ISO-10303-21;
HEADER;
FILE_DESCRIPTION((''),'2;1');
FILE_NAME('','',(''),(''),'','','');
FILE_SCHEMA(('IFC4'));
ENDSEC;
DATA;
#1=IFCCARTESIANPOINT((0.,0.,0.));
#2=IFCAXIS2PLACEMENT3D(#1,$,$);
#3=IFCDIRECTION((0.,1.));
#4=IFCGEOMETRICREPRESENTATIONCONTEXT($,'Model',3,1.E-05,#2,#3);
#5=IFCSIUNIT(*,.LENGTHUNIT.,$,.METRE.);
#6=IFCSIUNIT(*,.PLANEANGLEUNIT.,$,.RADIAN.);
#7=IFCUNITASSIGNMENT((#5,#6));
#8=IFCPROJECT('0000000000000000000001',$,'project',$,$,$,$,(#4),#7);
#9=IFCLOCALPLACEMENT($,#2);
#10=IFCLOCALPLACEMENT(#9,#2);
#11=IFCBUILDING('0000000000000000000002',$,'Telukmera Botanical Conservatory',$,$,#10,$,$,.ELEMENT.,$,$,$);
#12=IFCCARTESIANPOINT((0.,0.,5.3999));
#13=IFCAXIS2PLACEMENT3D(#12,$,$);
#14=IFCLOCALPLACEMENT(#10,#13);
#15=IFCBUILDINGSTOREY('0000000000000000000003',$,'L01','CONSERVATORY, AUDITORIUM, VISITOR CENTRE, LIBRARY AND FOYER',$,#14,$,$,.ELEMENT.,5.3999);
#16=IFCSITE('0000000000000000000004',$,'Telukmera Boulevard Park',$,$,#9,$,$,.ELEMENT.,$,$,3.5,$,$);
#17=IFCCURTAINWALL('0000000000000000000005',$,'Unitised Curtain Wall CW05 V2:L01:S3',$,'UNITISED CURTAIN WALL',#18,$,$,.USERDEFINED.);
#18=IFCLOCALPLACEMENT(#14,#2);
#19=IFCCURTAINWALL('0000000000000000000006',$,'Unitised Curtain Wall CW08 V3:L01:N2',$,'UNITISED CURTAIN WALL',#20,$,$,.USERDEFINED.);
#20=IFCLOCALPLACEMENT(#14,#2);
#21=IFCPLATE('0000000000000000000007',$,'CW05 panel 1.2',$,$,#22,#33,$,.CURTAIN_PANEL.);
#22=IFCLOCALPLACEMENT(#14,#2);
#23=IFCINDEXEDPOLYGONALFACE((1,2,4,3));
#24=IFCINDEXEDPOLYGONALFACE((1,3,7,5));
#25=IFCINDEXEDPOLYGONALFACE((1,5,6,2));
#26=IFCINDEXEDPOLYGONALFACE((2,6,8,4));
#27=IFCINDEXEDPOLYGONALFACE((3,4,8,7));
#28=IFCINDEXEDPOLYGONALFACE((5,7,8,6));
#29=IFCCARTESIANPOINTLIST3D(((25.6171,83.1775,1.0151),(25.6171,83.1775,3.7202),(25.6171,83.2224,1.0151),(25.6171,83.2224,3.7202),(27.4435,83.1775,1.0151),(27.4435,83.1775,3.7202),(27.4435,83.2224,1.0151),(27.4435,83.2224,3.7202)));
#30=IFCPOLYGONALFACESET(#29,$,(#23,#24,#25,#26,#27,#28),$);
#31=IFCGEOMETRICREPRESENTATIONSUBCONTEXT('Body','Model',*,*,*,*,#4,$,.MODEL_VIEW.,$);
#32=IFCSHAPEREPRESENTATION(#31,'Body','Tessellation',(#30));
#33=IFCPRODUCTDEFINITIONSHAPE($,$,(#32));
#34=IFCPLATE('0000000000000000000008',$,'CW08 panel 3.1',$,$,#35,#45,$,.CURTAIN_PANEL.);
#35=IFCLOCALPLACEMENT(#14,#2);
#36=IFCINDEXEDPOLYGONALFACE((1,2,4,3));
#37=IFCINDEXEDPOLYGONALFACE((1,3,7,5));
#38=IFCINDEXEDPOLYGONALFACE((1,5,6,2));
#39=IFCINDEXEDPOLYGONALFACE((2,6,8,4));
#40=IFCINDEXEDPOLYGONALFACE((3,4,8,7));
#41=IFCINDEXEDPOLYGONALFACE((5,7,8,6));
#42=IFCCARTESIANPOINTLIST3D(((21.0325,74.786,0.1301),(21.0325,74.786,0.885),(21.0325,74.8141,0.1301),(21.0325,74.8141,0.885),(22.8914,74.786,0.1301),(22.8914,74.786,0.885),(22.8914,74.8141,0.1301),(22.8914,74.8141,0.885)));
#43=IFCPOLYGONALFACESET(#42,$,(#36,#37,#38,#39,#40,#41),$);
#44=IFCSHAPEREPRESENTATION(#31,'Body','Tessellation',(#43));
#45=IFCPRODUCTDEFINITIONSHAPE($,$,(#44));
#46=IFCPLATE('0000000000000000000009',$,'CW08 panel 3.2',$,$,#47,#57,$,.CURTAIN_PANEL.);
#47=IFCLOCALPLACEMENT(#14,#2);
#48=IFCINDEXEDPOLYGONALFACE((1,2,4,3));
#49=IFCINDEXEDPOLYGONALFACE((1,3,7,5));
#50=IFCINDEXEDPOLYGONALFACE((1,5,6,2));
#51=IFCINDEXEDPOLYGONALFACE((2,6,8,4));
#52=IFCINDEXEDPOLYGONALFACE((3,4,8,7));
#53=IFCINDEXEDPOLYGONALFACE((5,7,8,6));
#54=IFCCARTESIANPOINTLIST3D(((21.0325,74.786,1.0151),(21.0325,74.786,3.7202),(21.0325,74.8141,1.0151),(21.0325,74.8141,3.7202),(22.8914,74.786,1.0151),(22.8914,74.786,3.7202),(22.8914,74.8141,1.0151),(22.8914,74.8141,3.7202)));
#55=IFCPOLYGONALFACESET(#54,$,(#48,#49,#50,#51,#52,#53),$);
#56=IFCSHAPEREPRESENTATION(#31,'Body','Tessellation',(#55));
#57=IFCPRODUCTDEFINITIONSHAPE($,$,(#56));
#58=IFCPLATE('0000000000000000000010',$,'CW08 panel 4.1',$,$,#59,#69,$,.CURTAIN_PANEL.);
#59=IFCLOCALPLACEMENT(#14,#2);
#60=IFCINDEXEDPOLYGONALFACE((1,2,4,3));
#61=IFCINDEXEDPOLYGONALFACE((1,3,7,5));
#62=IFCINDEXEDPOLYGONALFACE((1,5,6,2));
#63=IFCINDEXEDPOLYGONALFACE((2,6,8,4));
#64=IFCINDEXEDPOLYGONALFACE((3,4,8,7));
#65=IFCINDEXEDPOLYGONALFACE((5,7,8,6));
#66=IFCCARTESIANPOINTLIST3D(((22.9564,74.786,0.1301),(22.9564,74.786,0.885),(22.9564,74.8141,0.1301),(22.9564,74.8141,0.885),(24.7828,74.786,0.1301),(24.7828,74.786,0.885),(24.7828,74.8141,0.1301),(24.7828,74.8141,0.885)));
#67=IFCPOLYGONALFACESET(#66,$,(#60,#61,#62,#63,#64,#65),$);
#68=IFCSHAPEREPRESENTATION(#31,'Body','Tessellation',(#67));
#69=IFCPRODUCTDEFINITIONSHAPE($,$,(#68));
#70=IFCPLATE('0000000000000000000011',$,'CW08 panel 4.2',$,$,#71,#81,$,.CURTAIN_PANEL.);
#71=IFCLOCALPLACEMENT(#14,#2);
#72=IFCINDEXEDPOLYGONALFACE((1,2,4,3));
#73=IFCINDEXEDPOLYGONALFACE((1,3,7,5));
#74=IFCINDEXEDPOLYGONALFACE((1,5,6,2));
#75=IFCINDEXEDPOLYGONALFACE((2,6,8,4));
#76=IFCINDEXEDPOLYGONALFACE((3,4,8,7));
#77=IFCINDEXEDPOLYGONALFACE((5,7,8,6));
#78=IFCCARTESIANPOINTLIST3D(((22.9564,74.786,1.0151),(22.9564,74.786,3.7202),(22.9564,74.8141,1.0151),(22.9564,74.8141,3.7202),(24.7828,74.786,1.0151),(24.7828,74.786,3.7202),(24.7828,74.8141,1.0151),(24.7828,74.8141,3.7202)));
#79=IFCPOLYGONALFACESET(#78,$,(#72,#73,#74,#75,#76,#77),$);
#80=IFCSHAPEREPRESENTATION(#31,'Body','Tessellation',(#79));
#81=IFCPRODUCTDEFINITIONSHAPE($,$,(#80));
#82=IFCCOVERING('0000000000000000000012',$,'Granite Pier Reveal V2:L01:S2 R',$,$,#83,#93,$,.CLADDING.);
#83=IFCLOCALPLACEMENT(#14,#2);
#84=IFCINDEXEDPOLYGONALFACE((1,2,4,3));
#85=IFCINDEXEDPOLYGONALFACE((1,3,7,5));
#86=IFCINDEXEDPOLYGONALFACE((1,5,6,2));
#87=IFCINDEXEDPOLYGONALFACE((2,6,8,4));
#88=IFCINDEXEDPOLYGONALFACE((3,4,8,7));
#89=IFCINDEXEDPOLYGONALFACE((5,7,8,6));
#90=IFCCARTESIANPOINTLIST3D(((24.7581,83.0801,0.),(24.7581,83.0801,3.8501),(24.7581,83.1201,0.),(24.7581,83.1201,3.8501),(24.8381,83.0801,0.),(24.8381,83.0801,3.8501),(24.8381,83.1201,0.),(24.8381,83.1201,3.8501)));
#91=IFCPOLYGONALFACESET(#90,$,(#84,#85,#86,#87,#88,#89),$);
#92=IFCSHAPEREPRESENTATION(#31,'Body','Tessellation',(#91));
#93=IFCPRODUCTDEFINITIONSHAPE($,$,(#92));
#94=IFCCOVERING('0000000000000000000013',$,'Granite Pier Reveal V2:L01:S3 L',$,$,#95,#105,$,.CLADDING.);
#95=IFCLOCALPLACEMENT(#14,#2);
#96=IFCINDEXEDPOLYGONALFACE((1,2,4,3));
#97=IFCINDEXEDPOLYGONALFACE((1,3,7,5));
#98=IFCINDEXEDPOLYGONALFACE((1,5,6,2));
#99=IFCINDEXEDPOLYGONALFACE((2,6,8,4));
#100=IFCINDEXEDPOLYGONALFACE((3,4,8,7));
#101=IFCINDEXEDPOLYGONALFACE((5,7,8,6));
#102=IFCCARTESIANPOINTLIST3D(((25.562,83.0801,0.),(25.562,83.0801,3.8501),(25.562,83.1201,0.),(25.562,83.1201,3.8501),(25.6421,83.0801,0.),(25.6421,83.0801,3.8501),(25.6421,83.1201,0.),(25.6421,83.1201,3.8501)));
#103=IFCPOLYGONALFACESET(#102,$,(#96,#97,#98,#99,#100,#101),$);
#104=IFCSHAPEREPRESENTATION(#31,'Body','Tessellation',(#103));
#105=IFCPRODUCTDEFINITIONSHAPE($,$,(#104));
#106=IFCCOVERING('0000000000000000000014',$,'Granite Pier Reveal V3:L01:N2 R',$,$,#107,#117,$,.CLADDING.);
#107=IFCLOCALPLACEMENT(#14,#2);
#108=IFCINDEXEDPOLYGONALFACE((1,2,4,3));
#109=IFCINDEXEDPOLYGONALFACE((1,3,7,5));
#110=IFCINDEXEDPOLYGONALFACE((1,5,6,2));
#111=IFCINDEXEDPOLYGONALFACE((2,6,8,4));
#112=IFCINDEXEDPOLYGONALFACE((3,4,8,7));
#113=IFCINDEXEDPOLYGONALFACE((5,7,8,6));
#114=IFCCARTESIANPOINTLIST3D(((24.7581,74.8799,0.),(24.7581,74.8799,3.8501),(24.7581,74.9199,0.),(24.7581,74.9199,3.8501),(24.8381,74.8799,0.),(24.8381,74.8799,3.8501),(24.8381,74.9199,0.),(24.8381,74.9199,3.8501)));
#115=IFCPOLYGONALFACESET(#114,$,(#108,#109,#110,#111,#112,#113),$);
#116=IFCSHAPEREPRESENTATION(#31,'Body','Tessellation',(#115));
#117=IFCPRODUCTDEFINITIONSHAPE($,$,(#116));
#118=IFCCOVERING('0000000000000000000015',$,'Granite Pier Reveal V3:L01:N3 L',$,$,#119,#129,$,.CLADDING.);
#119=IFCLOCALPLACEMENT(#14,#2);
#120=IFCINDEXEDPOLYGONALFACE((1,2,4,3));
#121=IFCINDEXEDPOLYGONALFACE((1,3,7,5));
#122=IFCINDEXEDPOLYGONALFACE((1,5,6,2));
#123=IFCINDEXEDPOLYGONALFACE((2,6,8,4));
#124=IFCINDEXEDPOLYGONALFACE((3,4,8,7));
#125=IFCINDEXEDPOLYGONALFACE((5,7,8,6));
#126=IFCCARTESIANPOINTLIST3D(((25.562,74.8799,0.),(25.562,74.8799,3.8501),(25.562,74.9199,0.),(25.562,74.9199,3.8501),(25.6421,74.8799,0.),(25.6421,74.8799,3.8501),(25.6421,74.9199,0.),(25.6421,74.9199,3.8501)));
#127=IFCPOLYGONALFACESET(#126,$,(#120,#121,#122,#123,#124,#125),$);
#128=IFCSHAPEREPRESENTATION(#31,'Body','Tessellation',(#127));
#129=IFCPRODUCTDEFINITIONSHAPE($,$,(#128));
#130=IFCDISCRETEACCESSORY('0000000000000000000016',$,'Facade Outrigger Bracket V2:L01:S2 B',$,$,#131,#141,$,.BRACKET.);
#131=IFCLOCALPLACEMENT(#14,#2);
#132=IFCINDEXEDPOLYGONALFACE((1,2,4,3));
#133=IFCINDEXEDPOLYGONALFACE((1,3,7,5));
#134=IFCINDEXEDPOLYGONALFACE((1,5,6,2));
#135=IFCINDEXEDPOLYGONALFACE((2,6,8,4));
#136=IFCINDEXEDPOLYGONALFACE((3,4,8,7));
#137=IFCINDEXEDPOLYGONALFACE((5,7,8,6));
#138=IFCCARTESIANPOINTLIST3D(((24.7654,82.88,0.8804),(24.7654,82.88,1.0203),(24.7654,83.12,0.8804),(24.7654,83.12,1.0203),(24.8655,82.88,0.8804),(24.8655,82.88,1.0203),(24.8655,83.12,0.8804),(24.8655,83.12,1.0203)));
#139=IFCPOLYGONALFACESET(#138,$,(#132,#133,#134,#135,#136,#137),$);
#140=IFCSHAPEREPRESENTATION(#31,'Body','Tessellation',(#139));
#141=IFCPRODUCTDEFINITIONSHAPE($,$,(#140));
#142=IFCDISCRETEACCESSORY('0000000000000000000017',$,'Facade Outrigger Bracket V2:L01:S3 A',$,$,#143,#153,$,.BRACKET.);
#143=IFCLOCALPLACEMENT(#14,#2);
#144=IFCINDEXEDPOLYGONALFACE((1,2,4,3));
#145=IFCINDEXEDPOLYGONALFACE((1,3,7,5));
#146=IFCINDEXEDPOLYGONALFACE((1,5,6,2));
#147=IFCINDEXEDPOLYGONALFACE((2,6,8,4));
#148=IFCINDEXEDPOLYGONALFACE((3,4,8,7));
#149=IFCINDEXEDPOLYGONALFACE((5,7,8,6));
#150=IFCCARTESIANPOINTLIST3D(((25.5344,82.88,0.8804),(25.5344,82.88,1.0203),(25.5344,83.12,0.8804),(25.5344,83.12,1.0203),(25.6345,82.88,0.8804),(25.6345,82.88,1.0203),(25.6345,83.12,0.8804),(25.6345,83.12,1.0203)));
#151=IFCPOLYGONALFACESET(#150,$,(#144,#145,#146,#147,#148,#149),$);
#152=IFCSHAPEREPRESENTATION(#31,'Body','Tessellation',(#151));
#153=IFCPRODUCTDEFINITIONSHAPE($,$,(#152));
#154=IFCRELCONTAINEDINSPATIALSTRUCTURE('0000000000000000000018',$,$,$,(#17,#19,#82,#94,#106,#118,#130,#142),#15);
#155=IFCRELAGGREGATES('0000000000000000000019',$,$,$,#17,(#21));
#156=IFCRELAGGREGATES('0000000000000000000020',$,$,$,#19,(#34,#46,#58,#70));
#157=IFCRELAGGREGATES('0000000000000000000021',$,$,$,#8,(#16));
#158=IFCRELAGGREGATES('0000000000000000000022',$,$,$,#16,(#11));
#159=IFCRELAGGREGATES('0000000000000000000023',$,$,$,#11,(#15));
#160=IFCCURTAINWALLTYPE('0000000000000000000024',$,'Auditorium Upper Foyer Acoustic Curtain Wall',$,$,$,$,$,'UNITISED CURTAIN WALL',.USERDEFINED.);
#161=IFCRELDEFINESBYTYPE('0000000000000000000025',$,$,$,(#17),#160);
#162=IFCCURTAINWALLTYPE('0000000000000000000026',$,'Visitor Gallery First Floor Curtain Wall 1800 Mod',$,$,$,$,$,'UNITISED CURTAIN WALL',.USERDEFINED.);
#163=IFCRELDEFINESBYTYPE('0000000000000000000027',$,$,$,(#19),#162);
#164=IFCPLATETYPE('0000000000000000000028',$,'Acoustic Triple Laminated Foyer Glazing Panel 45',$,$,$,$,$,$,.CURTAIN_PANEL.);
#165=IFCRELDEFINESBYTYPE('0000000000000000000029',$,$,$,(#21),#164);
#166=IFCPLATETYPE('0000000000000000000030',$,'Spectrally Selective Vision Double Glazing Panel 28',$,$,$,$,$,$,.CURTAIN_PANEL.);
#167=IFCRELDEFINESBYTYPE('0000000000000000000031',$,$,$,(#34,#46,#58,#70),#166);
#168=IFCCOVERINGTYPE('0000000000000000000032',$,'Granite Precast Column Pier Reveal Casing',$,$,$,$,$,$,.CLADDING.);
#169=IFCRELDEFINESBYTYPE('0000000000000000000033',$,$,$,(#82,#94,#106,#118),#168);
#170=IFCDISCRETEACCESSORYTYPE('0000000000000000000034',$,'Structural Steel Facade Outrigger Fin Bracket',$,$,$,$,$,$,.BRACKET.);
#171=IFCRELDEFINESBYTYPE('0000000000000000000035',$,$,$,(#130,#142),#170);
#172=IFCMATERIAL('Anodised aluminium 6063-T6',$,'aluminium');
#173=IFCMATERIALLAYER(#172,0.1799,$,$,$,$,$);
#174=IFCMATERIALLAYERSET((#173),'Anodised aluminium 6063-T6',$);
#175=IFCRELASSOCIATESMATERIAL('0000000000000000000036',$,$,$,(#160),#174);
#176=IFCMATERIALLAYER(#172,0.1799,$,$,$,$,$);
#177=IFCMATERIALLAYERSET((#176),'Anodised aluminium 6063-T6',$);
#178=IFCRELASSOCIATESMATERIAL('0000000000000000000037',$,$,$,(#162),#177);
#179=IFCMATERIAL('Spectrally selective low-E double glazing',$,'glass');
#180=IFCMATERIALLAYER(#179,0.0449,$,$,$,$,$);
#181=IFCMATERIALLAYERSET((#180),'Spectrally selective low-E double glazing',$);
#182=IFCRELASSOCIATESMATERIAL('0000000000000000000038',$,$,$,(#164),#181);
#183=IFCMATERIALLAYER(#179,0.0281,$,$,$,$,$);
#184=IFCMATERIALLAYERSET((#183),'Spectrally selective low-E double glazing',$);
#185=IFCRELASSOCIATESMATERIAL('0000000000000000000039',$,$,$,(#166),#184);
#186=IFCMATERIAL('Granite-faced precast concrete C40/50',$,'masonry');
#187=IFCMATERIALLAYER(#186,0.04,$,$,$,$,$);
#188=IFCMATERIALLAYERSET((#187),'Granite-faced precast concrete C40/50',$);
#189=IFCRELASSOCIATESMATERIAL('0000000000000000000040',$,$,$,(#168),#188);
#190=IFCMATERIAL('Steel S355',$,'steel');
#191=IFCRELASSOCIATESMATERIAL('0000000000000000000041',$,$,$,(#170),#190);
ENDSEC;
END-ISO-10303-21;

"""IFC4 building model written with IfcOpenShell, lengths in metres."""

from ifc_helpers import new_model, si_unit, direction, frame, origin, origin_2d, place, context, subcontext, project, spatial, rectangle, extrude, material, layer, layer_set, type_object, element, aggregate, save


model = new_model("IFC4")

# Units and contexts
model_context = context("Model", 3, precision=1e-05, world=origin(), true_north=direction((0.0, 1.0)))
body_context = subcontext(model_context, "Body", "Model", "MODEL_VIEW")
ifc_project = project(units=[si_unit("LENGTHUNIT", "METRE"), si_unit("PLANEANGLEUNIT", "RADIAN")], contexts=[model_context])

# Site, building, storey
site_placement = place(None, origin())
site = spatial("IfcSite", under=ifc_project, at=site_placement, Name="Telukmera Boulevard Park", CompositionType="ELEMENT", RefElevation=3.5)
building_placement = place(site_placement, origin())
building = spatial("IfcBuilding", under=site, at=building_placement, Name="Telukmera Botanical Conservatory", CompositionType="ELEMENT")
storey_placement = place(building_placement, frame((0.0, 0.0, 5.3999)))
storey = spatial("IfcBuildingStorey", under=building, at=storey_placement, Name="L01", Description="CONSERVATORY, AUDITORIUM, VISITOR CENTRE, LIBRARY AND FOYER", CompositionType="ELEMENT", Elevation=5.3999)

# Shared definitions
ifc_material_1 = material(Name="Anodised aluminium 6063-T6", Category="aluminium")
ifc_layer_1 = layer(ifc_material_1, 0.1799)
ifc_layer_set_1 = layer_set([ifc_layer_1], Name="Anodised aluminium 6063-T6")
curtain_wall_type_1 = type_object("IfcCurtainWallType", Name="Auditorium Upper Foyer Acoustic Curtain Wall", ElementType="UNITISED CURTAIN WALL", PredefinedType="USERDEFINED", material=ifc_layer_set_1)

# Curtain wall
curtain_wall_1_placement = place(storey_placement, origin())
curtain_wall_1 = element("IfcCurtainWall", 1, at=curtain_wall_1_placement, inside=storey, type_object=curtain_wall_type_1, Name="Unitised Curtain Wall CW05 V2:L01:S3", ObjectType="UNITISED CURTAIN WALL", PredefinedType="USERDEFINED")

# Curtain wall
ifc_layer_2 = layer(ifc_material_1, 0.1799)
ifc_layer_set_2 = layer_set([ifc_layer_2], Name="Anodised aluminium 6063-T6")
curtain_wall_type_2 = type_object("IfcCurtainWallType", Name="Visitor Gallery First Floor Curtain Wall 1800 Mod", ElementType="UNITISED CURTAIN WALL", PredefinedType="USERDEFINED", material=ifc_layer_set_2)
curtain_wall_2_placement = place(storey_placement, origin())
curtain_wall_2 = element("IfcCurtainWall", 2, at=curtain_wall_2_placement, inside=storey, type_object=curtain_wall_type_2, Name="Unitised Curtain Wall CW08 V3:L01:N2", ObjectType="UNITISED CURTAIN WALL", PredefinedType="USERDEFINED")

# Plates
ifc_material_2 = material(Name="Spectrally selective low-E double glazing", Category="glass")
ifc_layer_3 = layer(ifc_material_2, 0.0449)
ifc_layer_set_3 = layer_set([ifc_layer_3], Name="Spectrally selective low-E double glazing")
plate_type_1 = type_object("IfcPlateType", Name="Acoustic Triple Laminated Foyer Glazing Panel 45", PredefinedType="CURTAIN_PANEL", material=ifc_layer_set_3)
plate_1_placement = place(storey_placement, frame((26.5303, 83.2, 1.0151), z_axis=(0.0, 0.0, 1.0), x_axis=(1.0, 0.0, 0.0)))
plate_1 = element("IfcPlate", 3, at=plate_1_placement, type_object=plate_type_1, Name="CW05 panel 1.2", PredefinedType="CURTAIN_PANEL", context=body_context, shape_type="SweptSolid", body=[
    extrude(rectangle(XDim=1.8264, YDim=0.0449, at=origin_2d()), origin(), (0.0, 0.0, 1.0), 2.7051),
])
aggregate(curtain_wall_1, [plate_1])
ifc_layer_4 = layer(ifc_material_2, 0.0281)
ifc_layer_set_4 = layer_set([ifc_layer_4], Name="Spectrally selective low-E double glazing")
plate_type_2 = type_object("IfcPlateType", Name="Spectrally Selective Vision Double Glazing Panel 28", PredefinedType="CURTAIN_PANEL", material=ifc_layer_set_4)
plate_2_placement = place(storey_placement, frame((21.9619, 74.8, 0.1301), z_axis=(0.0, 0.0, 1.0), x_axis=(1.0, 0.0, 0.0)))
plate_2 = element("IfcPlate", 4, at=plate_2_placement, type_object=plate_type_2, Name="CW08 panel 3.1", PredefinedType="CURTAIN_PANEL", context=body_context, shape_type="SweptSolid", body=[
    extrude(rectangle(XDim=1.8589, YDim=0.0281, at=origin_2d()), origin(), (0.0, 0.0, 1.0), 0.7549),
])
plate_3_placement = place(storey_placement, frame((21.9619, 74.8, 1.0151), z_axis=(0.0, 0.0, 1.0), x_axis=(1.0, 0.0, 0.0)))
plate_3 = element("IfcPlate", 5, at=plate_3_placement, type_object=plate_type_2, Name="CW08 panel 3.2", PredefinedType="CURTAIN_PANEL", context=body_context, shape_type="SweptSolid", body=[
    extrude(rectangle(XDim=1.8589, YDim=0.0281, at=origin_2d()), origin(), (0.0, 0.0, 1.0), 2.7051),
])
plate_4_placement = place(storey_placement, frame((23.8696, 74.8, 0.1301), z_axis=(0.0, 0.0, 1.0), x_axis=(1.0, 0.0, 0.0)))
plate_4 = element("IfcPlate", 6, at=plate_4_placement, type_object=plate_type_2, Name="CW08 panel 4.1", PredefinedType="CURTAIN_PANEL", context=body_context, shape_type="SweptSolid", body=[
    extrude(rectangle(XDim=1.8264, YDim=0.0281, at=origin_2d()), origin(), (0.0, 0.0, 1.0), 0.7549),
])
plate_5_placement = place(storey_placement, frame((23.8696, 74.8, 1.0151), z_axis=(0.0, 0.0, 1.0), x_axis=(1.0, 0.0, 0.0)))
plate_5 = element("IfcPlate", 7, at=plate_5_placement, type_object=plate_type_2, Name="CW08 panel 4.2", PredefinedType="CURTAIN_PANEL", context=body_context, shape_type="SweptSolid", body=[
    extrude(rectangle(XDim=1.8264, YDim=0.0281, at=origin_2d()), origin(), (0.0, 0.0, 1.0), 2.7051),
])
aggregate(curtain_wall_2, [plate_2, plate_3, plate_4, plate_5])

# Coverings
ifc_material_3 = material(Name="Granite-faced precast concrete C40/50", Category="masonry")
ifc_layer_5 = layer(ifc_material_3, 0.04)
ifc_layer_set_5 = layer_set([ifc_layer_5], Name="Granite-faced precast concrete C40/50")
covering_type = type_object("IfcCoveringType", Name="Granite Precast Column Pier Reveal Casing", PredefinedType="CLADDING", material=ifc_layer_set_5)
for number, where, z_axis, x_axis, name in (
    (8, (24.7981, 83.1001, 0.0), (0.0, 0.0, 1.0), (1.0, 0.0, 0.0), "Granite Pier Reveal V2:L01:S2 R"),
    (9, (25.6021, 83.1001, 0.0), (0.0, 0.0, 1.0), (1.0, 0.0, 0.0), "Granite Pier Reveal V2:L01:S3 L"),
    (10, (24.7981, 74.8999, 0.0), (0.0, 0.0, 1.0), (1.0, 0.0, 0.0), "Granite Pier Reveal V3:L01:N2 R"),
    (11, (25.6021, 74.8999, 0.0), (0.0, 0.0, 1.0), (1.0, 0.0, 0.0), "Granite Pier Reveal V3:L01:N3 L"),
):
    element("IfcCovering", number, at=place(storey_placement, frame(where, z_axis=z_axis, x_axis=x_axis)), inside=storey, type_object=covering_type, Name=name, PredefinedType="CLADDING", context=body_context, shape_type="SweptSolid", body=[
        extrude(rectangle(XDim=0.0801, YDim=0.04, at=origin_2d()), origin(), (0.0, 0.0, 1.0), 3.8501),
    ])

# Discrete accessories
ifc_material_4 = material(Name="Steel S355", Category="steel")
discrete_accessory_type = type_object("IfcDiscreteAccessoryType", Name="Structural Steel Facade Outrigger Fin Bracket", PredefinedType="BRACKET", material=ifc_material_4)
for number, where, z_axis, x_axis, name in (
    (12, (24.8154, 83.0, 0.8804), (0.0, 0.0, 1.0), (1.0, 0.0, 0.0), "Facade Outrigger Bracket V2:L01:S2 B"),
    (13, (25.5845, 83.0, 0.8804), (0.0, 0.0, 1.0), (1.0, 0.0, 0.0), "Facade Outrigger Bracket V2:L01:S3 A"),
):
    element("IfcDiscreteAccessory", number, at=place(storey_placement, frame(where, z_axis=z_axis, x_axis=x_axis)), inside=storey, type_object=discrete_accessory_type, Name=name, PredefinedType="BRACKET", context=body_context, shape_type="SweptSolid", body=[
        extrude(rectangle(XDim=0.1001, YDim=0.24, at=origin_2d()), origin(), (0.0, 0.0, 1.0), 0.1399),
    ])

save(model, "model.ifc")
